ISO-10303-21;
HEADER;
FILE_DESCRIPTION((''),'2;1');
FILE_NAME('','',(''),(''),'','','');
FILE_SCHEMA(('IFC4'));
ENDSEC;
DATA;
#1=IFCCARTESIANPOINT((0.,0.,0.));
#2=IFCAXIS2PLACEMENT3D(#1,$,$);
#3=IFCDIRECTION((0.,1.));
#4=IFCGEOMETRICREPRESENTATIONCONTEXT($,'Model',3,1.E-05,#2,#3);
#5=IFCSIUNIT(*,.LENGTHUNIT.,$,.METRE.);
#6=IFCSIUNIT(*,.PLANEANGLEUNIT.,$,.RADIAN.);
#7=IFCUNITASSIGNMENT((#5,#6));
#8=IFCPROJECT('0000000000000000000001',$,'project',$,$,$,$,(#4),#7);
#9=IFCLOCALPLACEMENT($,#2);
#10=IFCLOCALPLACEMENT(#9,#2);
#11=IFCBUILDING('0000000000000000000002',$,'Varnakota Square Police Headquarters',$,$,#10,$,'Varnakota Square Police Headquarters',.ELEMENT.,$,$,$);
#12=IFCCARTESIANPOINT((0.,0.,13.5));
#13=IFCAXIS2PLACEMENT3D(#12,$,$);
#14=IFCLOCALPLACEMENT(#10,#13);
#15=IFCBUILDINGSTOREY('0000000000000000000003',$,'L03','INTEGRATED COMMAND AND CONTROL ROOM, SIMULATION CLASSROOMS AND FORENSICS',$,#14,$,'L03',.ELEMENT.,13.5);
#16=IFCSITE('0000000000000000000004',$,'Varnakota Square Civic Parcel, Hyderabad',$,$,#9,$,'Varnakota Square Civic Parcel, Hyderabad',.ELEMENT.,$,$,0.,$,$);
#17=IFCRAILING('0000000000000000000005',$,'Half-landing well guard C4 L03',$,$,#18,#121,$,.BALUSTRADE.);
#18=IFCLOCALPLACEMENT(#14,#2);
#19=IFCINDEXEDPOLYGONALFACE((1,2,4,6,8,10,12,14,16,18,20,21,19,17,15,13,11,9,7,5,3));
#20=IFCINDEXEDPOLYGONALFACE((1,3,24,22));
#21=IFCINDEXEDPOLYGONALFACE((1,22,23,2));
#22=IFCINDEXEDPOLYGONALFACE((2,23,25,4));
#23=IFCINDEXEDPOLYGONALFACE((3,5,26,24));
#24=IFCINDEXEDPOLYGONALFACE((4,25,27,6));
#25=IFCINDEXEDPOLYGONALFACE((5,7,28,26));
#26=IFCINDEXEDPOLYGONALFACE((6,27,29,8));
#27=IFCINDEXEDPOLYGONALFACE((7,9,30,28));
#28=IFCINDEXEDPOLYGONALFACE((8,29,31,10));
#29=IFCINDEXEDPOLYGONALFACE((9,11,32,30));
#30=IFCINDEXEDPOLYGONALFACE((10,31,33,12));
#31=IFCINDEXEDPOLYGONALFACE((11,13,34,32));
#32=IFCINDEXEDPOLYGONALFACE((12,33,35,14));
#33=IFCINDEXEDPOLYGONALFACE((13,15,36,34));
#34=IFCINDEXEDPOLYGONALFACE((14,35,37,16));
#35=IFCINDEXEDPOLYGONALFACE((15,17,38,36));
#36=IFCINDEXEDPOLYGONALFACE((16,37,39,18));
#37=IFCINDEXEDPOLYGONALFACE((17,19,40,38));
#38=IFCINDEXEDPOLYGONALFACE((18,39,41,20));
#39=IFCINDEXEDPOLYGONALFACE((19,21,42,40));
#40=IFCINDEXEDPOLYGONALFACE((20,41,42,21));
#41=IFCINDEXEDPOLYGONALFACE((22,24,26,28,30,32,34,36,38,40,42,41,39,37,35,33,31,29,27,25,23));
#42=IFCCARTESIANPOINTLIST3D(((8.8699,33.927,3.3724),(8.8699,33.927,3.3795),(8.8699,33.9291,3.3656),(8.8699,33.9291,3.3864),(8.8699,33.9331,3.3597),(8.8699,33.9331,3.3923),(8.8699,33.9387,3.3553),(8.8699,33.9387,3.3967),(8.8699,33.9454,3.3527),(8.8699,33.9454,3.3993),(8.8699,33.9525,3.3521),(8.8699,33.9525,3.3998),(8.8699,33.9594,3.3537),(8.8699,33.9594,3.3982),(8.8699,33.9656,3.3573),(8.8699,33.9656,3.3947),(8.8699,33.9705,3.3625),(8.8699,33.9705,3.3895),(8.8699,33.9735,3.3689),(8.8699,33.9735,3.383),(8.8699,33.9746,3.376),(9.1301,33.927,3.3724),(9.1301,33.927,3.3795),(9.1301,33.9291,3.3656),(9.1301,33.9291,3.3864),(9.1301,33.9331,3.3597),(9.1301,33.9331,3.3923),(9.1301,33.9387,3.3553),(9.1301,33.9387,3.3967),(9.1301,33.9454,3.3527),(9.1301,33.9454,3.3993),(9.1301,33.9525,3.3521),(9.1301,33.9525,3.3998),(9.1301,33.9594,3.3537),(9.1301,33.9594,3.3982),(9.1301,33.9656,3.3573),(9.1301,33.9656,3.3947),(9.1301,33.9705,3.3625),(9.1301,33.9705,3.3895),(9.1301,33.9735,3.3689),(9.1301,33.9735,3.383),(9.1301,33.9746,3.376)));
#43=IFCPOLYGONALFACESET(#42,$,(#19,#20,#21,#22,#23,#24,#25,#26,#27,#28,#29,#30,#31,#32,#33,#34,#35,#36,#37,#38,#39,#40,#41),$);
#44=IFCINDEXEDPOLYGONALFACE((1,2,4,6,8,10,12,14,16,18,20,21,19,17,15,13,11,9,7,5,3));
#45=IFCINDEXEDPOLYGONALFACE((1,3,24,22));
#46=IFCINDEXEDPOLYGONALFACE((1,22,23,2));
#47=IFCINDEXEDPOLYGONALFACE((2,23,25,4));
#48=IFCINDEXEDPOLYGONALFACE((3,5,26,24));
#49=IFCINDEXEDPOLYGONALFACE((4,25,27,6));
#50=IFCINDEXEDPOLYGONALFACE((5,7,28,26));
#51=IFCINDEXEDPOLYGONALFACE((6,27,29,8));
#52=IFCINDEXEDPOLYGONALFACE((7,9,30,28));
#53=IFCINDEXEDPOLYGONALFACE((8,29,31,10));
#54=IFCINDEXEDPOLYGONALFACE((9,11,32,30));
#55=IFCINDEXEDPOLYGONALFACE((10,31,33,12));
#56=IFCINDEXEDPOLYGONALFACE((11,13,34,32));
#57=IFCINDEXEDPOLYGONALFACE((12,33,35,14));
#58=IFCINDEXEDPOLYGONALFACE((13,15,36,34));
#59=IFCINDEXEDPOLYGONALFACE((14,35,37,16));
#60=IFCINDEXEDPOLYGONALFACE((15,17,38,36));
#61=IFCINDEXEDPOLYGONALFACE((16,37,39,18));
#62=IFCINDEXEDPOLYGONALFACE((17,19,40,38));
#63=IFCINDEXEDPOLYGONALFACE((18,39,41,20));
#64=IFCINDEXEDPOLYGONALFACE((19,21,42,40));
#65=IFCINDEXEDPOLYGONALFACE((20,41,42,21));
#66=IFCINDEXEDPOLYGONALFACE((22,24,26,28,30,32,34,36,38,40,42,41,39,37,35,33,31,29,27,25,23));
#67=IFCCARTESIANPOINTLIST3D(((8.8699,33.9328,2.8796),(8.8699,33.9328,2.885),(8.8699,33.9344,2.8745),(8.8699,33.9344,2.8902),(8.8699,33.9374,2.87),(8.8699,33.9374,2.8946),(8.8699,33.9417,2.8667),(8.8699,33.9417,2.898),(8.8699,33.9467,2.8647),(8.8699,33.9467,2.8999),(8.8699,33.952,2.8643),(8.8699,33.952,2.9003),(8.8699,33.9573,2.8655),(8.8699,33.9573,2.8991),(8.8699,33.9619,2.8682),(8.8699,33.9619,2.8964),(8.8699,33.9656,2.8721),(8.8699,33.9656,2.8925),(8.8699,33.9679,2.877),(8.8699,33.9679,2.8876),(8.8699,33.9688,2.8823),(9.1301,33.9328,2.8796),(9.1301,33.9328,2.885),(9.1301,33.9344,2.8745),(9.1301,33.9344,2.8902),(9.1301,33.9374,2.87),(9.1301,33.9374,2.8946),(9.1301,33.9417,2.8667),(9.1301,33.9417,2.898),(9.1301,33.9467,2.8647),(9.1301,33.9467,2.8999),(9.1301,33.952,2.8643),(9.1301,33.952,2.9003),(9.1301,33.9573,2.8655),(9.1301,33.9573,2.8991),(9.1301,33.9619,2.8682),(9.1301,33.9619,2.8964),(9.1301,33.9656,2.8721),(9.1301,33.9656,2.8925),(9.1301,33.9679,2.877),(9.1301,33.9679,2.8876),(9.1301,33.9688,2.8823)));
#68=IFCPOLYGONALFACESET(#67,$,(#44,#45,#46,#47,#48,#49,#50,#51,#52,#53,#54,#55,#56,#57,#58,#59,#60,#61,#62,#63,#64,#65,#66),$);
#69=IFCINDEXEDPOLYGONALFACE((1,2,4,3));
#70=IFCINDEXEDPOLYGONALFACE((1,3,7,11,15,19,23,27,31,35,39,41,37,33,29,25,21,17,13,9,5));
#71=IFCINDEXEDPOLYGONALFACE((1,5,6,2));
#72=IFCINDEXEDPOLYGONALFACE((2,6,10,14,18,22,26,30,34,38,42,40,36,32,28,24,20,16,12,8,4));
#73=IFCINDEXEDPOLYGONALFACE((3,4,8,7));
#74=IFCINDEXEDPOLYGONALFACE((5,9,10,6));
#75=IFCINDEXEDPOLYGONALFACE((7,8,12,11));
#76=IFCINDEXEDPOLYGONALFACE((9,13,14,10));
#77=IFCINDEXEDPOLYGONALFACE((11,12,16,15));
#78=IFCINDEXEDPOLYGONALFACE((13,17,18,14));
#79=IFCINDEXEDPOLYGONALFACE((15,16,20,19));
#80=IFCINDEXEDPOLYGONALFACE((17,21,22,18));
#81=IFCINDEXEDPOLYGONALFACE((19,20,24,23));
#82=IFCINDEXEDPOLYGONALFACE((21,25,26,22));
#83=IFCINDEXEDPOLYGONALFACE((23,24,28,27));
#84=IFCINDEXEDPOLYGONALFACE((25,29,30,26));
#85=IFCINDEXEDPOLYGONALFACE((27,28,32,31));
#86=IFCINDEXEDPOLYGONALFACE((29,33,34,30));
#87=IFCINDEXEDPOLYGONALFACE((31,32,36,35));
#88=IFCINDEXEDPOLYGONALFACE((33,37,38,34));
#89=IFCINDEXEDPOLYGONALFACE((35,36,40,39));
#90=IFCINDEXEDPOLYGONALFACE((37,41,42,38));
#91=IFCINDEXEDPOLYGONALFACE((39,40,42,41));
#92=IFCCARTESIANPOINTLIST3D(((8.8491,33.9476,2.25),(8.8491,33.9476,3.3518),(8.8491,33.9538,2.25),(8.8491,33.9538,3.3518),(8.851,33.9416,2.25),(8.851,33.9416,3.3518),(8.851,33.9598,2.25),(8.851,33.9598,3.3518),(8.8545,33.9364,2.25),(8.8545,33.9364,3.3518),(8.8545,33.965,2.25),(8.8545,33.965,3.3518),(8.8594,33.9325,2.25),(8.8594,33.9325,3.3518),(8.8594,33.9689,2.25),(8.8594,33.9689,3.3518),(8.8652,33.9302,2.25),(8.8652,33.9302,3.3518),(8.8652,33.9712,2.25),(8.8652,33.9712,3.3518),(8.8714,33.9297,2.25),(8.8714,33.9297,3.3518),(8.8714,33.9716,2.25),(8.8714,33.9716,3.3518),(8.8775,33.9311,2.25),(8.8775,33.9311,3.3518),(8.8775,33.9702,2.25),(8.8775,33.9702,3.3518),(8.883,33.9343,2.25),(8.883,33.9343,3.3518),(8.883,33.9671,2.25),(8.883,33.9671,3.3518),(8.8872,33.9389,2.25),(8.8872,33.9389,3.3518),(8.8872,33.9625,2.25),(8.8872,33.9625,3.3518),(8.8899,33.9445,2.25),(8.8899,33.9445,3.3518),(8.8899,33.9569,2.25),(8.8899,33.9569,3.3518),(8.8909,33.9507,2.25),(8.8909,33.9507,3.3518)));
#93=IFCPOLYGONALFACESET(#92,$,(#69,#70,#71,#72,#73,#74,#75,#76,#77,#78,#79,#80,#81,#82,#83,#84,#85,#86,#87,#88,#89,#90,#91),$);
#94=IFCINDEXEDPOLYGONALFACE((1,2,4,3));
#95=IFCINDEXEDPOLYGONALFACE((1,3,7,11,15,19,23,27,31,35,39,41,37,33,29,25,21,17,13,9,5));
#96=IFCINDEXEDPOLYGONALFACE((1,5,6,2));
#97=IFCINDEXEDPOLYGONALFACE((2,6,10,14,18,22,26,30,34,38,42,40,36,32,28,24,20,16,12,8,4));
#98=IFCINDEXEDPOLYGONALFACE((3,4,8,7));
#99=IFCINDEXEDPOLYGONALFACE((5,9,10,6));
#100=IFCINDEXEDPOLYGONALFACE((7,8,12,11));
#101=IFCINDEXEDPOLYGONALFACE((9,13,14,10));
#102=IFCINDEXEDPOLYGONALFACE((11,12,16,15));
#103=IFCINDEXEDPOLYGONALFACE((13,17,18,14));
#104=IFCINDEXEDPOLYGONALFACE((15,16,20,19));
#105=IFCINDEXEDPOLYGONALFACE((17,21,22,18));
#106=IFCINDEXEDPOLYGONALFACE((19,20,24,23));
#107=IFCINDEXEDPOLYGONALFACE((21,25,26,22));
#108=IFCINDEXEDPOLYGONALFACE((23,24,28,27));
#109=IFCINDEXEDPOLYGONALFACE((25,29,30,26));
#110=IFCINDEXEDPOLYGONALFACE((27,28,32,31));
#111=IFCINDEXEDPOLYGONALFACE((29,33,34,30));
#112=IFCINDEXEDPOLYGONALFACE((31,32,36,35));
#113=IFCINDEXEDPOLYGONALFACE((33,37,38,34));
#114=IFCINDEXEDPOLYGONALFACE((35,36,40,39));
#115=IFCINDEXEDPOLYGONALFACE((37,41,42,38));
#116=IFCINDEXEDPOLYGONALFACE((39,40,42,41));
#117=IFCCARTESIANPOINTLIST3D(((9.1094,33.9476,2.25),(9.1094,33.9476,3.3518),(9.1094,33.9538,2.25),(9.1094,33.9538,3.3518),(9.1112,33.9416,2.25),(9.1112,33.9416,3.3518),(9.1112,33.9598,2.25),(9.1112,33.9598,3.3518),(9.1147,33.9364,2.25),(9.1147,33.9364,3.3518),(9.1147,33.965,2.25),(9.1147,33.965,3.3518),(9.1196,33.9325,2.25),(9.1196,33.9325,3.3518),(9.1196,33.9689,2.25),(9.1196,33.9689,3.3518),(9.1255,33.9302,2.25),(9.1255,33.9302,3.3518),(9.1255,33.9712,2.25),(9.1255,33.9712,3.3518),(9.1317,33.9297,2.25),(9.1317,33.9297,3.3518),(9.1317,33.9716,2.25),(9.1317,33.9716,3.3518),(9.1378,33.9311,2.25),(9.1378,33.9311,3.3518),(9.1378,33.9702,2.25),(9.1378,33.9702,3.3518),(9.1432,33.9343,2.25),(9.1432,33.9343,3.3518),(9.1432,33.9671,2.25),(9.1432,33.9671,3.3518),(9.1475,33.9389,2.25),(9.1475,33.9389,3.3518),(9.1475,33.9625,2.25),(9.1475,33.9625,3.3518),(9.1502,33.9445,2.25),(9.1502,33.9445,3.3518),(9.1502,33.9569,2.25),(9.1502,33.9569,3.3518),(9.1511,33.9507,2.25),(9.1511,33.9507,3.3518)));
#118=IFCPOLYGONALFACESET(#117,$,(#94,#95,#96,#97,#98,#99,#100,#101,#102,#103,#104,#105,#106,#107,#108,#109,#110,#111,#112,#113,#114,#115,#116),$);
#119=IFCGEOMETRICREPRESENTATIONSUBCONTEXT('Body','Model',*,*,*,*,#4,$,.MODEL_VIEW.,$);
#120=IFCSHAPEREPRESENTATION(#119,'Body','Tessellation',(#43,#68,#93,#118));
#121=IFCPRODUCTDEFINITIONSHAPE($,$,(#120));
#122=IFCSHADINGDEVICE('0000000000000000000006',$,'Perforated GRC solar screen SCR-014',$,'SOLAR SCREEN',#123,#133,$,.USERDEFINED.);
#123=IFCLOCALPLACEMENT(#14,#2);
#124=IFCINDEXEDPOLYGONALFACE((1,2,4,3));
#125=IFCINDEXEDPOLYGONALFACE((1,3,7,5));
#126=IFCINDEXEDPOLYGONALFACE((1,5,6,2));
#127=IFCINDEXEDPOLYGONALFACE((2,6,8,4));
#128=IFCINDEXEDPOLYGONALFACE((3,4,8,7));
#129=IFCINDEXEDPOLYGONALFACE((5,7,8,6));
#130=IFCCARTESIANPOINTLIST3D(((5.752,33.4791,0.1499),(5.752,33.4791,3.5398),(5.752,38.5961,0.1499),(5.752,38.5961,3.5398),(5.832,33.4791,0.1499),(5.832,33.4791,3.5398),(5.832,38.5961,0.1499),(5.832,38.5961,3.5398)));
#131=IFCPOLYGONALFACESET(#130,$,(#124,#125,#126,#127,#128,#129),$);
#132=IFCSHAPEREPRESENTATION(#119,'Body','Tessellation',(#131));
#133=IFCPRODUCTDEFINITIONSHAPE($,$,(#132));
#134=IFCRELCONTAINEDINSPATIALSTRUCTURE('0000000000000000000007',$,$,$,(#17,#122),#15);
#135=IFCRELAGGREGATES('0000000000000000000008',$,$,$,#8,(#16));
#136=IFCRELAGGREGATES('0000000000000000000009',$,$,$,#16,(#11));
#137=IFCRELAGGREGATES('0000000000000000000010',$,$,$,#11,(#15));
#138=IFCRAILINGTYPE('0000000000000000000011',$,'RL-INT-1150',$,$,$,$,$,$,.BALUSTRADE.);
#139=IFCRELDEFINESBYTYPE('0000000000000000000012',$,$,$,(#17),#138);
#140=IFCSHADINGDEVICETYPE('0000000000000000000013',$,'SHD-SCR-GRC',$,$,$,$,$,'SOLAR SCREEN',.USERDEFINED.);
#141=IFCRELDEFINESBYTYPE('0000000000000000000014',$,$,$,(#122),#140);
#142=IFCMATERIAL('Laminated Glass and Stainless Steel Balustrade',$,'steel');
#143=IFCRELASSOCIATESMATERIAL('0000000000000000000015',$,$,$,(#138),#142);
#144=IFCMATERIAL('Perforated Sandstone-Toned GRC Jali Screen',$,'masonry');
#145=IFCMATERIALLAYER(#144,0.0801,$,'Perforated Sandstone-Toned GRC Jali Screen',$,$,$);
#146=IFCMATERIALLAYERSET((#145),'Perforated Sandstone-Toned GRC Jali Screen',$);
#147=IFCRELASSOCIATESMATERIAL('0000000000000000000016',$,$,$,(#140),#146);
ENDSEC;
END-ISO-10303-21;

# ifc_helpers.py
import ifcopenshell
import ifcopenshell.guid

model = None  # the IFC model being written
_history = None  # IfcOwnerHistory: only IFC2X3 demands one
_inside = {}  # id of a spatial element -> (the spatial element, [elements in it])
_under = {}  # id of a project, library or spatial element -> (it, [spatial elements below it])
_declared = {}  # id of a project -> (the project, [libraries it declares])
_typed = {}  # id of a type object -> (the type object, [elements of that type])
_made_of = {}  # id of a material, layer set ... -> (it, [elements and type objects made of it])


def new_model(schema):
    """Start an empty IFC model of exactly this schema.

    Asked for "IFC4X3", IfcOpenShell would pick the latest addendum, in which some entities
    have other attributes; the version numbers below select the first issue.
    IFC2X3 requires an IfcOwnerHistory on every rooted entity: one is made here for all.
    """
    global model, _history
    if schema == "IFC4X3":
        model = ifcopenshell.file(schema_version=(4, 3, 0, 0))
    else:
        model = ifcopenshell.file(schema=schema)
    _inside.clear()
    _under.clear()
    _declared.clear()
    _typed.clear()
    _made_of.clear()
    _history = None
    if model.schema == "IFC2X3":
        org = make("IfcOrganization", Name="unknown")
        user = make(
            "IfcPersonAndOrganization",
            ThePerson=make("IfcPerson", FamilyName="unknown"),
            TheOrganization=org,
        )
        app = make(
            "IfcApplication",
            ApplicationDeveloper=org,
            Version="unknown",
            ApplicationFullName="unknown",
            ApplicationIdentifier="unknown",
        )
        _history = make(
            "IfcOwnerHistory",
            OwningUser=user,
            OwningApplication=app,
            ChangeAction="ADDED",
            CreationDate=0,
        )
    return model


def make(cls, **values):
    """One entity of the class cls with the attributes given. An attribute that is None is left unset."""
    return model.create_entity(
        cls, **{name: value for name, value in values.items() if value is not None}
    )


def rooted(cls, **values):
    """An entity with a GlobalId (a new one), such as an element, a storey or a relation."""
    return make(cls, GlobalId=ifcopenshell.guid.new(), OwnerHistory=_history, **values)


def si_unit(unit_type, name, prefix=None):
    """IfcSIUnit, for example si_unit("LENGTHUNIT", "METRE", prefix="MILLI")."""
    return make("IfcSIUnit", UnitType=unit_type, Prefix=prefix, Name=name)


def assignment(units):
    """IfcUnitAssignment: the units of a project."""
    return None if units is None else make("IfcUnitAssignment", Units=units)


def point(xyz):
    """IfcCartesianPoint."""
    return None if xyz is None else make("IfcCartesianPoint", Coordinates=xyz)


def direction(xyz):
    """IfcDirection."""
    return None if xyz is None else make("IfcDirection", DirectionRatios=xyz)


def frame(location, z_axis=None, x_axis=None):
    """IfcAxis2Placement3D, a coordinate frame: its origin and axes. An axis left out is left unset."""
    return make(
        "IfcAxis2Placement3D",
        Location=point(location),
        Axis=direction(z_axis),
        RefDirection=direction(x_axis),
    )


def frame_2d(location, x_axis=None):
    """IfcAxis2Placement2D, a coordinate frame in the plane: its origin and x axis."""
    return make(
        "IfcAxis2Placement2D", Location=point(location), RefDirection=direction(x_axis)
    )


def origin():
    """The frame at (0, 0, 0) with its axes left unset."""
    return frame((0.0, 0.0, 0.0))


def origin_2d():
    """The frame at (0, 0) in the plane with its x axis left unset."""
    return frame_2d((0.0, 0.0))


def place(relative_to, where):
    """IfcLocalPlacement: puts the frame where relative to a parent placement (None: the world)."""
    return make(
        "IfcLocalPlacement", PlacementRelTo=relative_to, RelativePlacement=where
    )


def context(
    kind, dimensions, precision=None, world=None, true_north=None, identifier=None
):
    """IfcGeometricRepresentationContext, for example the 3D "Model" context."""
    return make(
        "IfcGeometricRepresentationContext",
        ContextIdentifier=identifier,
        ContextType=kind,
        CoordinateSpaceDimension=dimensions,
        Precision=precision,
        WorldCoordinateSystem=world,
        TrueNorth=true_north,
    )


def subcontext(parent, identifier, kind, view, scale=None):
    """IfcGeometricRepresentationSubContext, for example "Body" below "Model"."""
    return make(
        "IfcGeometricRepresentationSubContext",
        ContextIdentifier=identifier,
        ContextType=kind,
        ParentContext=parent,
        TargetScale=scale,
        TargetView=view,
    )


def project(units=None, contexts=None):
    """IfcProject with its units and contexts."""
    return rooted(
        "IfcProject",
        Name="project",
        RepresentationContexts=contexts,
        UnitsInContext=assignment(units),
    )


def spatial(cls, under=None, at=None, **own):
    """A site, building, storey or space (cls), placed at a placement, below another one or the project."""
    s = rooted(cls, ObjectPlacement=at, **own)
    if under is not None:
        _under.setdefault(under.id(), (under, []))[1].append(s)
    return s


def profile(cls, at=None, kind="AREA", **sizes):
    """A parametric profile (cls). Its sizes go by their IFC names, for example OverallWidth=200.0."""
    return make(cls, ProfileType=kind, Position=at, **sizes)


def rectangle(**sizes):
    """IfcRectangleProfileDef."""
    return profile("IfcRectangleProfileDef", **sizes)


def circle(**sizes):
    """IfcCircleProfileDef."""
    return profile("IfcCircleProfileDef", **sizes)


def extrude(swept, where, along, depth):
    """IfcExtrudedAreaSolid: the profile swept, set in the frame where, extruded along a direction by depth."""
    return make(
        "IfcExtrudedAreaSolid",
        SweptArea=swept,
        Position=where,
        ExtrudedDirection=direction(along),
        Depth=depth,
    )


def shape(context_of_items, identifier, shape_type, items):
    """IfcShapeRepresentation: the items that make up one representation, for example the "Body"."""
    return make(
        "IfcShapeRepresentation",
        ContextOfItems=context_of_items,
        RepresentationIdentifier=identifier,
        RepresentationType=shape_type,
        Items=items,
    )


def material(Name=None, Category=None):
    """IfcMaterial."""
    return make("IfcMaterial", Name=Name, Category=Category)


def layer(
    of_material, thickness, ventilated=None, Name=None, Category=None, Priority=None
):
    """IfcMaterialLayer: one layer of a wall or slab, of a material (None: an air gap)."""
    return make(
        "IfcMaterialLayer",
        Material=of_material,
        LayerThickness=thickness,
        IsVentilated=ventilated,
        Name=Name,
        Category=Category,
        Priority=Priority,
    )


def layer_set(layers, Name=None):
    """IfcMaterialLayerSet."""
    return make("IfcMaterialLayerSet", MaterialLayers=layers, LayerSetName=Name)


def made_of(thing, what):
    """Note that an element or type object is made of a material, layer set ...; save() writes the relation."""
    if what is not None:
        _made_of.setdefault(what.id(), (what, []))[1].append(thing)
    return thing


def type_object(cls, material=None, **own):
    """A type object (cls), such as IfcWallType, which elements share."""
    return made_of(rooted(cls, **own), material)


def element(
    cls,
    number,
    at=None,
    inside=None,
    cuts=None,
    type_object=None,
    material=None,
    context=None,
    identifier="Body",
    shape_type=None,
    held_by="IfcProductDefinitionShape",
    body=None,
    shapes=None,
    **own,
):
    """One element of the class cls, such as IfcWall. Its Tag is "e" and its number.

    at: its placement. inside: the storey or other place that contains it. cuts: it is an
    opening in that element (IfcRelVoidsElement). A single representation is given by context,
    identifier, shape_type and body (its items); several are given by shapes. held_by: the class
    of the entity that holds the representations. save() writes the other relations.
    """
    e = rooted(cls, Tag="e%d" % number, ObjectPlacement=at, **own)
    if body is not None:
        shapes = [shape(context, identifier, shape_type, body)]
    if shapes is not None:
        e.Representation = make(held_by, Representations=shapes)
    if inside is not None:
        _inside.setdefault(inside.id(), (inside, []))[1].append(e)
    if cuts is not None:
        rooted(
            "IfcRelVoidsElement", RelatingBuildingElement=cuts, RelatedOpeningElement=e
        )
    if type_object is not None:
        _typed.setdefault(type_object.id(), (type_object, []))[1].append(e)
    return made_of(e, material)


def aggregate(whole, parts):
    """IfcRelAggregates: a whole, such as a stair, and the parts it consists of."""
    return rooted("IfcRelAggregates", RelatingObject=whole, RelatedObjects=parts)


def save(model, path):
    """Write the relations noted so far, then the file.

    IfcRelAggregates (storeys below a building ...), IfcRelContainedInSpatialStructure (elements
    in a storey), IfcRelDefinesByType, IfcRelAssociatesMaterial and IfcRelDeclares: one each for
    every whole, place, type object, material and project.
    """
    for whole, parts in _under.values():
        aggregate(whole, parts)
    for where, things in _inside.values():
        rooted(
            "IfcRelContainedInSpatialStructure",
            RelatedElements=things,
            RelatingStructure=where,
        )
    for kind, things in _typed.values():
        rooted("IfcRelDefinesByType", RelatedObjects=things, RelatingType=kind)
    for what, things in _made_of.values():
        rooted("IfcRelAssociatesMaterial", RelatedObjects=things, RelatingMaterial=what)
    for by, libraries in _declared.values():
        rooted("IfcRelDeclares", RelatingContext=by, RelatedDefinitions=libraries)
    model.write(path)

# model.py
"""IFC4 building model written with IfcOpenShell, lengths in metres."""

from ifc_helpers import new_model, si_unit, direction, frame, origin, origin_2d, place, context, subcontext, project, spatial, rectangle, circle, extrude, material, layer, layer_set, type_object, element, save


model = new_model("IFC4")

# Units and contexts
model_context = context("Model", 3, precision=1e-05, world=origin(), true_north=direction((0.0, 1.0)))
body_context = subcontext(model_context, "Body", "Model", "MODEL_VIEW")
ifc_project = project(units=[si_unit("LENGTHUNIT", "METRE"), si_unit("PLANEANGLEUNIT", "RADIAN")], contexts=[model_context])

# Site, building, storey
site_placement = place(None, origin())
site = spatial("IfcSite", under=ifc_project, at=site_placement, Name="Varnakota Square Civic Parcel, Hyderabad", LongName="Varnakota Square Civic Parcel, Hyderabad", CompositionType="ELEMENT", RefElevation=0.0)
building_placement = place(site_placement, origin())
building = spatial("IfcBuilding", under=site, at=building_placement, Name="Varnakota Square Police Headquarters", LongName="Varnakota Square Police Headquarters", CompositionType="ELEMENT")
storey_placement = place(building_placement, frame((0.0, 0.0, 13.5)))
storey = spatial("IfcBuildingStorey", under=building, at=storey_placement, Name="L03", Description="INTEGRATED COMMAND AND CONTROL ROOM, SIMULATION CLASSROOMS AND FORENSICS", LongName="L03", CompositionType="ELEMENT", Elevation=13.5)

# Railing
ifc_material_1 = material(Name="Laminated Glass and Stainless Steel Balustrade", Category="steel")
railing_type_1 = type_object("IfcRailingType", Name="RL-INT-1150", PredefinedType="BALUSTRADE", material=ifc_material_1)
railing_1_placement = place(storey_placement, frame((8.8699, 33.9507, 2.25)))
element("IfcRailing", 1, at=railing_1_placement, inside=storey, type_object=railing_type_1, Name="Half-landing well guard C4 L03", PredefinedType="BALUSTRADE", context=body_context, shape_type="SweptSolid", body=[
    extrude(circle(Radius=0.0239, at=origin_2d()), frame((0.0, 0.0, 1.126), z_axis=(1.0, 0.0, 0.0), x_axis=(0.0, 1.0, 0.0)), (0.0, 0.0, 1.0), 0.2603),
    extrude(circle(Radius=0.0181, at=origin_2d()), frame((0.0, 0.0, 0.6323), z_axis=(1.0, 0.0, 0.0), x_axis=(0.0, 1.0, 0.0)), (0.0, 0.0, 1.0), 0.2603),
    extrude(circle(Radius=0.021, at=origin_2d()), origin(), (0.0, 0.0, 1.0), 1.1018),
    extrude(circle(Radius=0.021, at=origin_2d()), frame((0.2603, 0.0, 0.0)), (0.0, 0.0, 1.0), 1.1018),
])

# Shading device
ifc_material_2 = material(Name="Perforated Sandstone-Toned GRC Jali Screen", Category="masonry")
ifc_layer_1 = layer(ifc_material_2, 0.0801, Name="Perforated Sandstone-Toned GRC Jali Screen")
ifc_layer_set_1 = layer_set([ifc_layer_1], Name="Perforated Sandstone-Toned GRC Jali Screen")
shading_device_type = type_object("IfcShadingDeviceType", Name="SHD-SCR-GRC", ElementType="SOLAR SCREEN", PredefinedType="USERDEFINED", material=ifc_layer_set_1)
shading_device_placement = place(storey_placement, frame((5.792, 36.0376, 0.1499), z_axis=(0.0, 0.0, 1.0), x_axis=(0.0, 1.0, 0.0)))
element("IfcShadingDevice", 2, at=shading_device_placement, inside=storey, type_object=shading_device_type, Name="Perforated GRC solar screen SCR-014", ObjectType="SOLAR SCREEN", PredefinedType="USERDEFINED", context=body_context, shape_type="SweptSolid", body=[
    extrude(rectangle(XDim=5.1169, YDim=0.0801, at=origin_2d()), origin(), (0.0, 0.0, 1.0), 3.3899),
])

save(model, "model.ifc")
